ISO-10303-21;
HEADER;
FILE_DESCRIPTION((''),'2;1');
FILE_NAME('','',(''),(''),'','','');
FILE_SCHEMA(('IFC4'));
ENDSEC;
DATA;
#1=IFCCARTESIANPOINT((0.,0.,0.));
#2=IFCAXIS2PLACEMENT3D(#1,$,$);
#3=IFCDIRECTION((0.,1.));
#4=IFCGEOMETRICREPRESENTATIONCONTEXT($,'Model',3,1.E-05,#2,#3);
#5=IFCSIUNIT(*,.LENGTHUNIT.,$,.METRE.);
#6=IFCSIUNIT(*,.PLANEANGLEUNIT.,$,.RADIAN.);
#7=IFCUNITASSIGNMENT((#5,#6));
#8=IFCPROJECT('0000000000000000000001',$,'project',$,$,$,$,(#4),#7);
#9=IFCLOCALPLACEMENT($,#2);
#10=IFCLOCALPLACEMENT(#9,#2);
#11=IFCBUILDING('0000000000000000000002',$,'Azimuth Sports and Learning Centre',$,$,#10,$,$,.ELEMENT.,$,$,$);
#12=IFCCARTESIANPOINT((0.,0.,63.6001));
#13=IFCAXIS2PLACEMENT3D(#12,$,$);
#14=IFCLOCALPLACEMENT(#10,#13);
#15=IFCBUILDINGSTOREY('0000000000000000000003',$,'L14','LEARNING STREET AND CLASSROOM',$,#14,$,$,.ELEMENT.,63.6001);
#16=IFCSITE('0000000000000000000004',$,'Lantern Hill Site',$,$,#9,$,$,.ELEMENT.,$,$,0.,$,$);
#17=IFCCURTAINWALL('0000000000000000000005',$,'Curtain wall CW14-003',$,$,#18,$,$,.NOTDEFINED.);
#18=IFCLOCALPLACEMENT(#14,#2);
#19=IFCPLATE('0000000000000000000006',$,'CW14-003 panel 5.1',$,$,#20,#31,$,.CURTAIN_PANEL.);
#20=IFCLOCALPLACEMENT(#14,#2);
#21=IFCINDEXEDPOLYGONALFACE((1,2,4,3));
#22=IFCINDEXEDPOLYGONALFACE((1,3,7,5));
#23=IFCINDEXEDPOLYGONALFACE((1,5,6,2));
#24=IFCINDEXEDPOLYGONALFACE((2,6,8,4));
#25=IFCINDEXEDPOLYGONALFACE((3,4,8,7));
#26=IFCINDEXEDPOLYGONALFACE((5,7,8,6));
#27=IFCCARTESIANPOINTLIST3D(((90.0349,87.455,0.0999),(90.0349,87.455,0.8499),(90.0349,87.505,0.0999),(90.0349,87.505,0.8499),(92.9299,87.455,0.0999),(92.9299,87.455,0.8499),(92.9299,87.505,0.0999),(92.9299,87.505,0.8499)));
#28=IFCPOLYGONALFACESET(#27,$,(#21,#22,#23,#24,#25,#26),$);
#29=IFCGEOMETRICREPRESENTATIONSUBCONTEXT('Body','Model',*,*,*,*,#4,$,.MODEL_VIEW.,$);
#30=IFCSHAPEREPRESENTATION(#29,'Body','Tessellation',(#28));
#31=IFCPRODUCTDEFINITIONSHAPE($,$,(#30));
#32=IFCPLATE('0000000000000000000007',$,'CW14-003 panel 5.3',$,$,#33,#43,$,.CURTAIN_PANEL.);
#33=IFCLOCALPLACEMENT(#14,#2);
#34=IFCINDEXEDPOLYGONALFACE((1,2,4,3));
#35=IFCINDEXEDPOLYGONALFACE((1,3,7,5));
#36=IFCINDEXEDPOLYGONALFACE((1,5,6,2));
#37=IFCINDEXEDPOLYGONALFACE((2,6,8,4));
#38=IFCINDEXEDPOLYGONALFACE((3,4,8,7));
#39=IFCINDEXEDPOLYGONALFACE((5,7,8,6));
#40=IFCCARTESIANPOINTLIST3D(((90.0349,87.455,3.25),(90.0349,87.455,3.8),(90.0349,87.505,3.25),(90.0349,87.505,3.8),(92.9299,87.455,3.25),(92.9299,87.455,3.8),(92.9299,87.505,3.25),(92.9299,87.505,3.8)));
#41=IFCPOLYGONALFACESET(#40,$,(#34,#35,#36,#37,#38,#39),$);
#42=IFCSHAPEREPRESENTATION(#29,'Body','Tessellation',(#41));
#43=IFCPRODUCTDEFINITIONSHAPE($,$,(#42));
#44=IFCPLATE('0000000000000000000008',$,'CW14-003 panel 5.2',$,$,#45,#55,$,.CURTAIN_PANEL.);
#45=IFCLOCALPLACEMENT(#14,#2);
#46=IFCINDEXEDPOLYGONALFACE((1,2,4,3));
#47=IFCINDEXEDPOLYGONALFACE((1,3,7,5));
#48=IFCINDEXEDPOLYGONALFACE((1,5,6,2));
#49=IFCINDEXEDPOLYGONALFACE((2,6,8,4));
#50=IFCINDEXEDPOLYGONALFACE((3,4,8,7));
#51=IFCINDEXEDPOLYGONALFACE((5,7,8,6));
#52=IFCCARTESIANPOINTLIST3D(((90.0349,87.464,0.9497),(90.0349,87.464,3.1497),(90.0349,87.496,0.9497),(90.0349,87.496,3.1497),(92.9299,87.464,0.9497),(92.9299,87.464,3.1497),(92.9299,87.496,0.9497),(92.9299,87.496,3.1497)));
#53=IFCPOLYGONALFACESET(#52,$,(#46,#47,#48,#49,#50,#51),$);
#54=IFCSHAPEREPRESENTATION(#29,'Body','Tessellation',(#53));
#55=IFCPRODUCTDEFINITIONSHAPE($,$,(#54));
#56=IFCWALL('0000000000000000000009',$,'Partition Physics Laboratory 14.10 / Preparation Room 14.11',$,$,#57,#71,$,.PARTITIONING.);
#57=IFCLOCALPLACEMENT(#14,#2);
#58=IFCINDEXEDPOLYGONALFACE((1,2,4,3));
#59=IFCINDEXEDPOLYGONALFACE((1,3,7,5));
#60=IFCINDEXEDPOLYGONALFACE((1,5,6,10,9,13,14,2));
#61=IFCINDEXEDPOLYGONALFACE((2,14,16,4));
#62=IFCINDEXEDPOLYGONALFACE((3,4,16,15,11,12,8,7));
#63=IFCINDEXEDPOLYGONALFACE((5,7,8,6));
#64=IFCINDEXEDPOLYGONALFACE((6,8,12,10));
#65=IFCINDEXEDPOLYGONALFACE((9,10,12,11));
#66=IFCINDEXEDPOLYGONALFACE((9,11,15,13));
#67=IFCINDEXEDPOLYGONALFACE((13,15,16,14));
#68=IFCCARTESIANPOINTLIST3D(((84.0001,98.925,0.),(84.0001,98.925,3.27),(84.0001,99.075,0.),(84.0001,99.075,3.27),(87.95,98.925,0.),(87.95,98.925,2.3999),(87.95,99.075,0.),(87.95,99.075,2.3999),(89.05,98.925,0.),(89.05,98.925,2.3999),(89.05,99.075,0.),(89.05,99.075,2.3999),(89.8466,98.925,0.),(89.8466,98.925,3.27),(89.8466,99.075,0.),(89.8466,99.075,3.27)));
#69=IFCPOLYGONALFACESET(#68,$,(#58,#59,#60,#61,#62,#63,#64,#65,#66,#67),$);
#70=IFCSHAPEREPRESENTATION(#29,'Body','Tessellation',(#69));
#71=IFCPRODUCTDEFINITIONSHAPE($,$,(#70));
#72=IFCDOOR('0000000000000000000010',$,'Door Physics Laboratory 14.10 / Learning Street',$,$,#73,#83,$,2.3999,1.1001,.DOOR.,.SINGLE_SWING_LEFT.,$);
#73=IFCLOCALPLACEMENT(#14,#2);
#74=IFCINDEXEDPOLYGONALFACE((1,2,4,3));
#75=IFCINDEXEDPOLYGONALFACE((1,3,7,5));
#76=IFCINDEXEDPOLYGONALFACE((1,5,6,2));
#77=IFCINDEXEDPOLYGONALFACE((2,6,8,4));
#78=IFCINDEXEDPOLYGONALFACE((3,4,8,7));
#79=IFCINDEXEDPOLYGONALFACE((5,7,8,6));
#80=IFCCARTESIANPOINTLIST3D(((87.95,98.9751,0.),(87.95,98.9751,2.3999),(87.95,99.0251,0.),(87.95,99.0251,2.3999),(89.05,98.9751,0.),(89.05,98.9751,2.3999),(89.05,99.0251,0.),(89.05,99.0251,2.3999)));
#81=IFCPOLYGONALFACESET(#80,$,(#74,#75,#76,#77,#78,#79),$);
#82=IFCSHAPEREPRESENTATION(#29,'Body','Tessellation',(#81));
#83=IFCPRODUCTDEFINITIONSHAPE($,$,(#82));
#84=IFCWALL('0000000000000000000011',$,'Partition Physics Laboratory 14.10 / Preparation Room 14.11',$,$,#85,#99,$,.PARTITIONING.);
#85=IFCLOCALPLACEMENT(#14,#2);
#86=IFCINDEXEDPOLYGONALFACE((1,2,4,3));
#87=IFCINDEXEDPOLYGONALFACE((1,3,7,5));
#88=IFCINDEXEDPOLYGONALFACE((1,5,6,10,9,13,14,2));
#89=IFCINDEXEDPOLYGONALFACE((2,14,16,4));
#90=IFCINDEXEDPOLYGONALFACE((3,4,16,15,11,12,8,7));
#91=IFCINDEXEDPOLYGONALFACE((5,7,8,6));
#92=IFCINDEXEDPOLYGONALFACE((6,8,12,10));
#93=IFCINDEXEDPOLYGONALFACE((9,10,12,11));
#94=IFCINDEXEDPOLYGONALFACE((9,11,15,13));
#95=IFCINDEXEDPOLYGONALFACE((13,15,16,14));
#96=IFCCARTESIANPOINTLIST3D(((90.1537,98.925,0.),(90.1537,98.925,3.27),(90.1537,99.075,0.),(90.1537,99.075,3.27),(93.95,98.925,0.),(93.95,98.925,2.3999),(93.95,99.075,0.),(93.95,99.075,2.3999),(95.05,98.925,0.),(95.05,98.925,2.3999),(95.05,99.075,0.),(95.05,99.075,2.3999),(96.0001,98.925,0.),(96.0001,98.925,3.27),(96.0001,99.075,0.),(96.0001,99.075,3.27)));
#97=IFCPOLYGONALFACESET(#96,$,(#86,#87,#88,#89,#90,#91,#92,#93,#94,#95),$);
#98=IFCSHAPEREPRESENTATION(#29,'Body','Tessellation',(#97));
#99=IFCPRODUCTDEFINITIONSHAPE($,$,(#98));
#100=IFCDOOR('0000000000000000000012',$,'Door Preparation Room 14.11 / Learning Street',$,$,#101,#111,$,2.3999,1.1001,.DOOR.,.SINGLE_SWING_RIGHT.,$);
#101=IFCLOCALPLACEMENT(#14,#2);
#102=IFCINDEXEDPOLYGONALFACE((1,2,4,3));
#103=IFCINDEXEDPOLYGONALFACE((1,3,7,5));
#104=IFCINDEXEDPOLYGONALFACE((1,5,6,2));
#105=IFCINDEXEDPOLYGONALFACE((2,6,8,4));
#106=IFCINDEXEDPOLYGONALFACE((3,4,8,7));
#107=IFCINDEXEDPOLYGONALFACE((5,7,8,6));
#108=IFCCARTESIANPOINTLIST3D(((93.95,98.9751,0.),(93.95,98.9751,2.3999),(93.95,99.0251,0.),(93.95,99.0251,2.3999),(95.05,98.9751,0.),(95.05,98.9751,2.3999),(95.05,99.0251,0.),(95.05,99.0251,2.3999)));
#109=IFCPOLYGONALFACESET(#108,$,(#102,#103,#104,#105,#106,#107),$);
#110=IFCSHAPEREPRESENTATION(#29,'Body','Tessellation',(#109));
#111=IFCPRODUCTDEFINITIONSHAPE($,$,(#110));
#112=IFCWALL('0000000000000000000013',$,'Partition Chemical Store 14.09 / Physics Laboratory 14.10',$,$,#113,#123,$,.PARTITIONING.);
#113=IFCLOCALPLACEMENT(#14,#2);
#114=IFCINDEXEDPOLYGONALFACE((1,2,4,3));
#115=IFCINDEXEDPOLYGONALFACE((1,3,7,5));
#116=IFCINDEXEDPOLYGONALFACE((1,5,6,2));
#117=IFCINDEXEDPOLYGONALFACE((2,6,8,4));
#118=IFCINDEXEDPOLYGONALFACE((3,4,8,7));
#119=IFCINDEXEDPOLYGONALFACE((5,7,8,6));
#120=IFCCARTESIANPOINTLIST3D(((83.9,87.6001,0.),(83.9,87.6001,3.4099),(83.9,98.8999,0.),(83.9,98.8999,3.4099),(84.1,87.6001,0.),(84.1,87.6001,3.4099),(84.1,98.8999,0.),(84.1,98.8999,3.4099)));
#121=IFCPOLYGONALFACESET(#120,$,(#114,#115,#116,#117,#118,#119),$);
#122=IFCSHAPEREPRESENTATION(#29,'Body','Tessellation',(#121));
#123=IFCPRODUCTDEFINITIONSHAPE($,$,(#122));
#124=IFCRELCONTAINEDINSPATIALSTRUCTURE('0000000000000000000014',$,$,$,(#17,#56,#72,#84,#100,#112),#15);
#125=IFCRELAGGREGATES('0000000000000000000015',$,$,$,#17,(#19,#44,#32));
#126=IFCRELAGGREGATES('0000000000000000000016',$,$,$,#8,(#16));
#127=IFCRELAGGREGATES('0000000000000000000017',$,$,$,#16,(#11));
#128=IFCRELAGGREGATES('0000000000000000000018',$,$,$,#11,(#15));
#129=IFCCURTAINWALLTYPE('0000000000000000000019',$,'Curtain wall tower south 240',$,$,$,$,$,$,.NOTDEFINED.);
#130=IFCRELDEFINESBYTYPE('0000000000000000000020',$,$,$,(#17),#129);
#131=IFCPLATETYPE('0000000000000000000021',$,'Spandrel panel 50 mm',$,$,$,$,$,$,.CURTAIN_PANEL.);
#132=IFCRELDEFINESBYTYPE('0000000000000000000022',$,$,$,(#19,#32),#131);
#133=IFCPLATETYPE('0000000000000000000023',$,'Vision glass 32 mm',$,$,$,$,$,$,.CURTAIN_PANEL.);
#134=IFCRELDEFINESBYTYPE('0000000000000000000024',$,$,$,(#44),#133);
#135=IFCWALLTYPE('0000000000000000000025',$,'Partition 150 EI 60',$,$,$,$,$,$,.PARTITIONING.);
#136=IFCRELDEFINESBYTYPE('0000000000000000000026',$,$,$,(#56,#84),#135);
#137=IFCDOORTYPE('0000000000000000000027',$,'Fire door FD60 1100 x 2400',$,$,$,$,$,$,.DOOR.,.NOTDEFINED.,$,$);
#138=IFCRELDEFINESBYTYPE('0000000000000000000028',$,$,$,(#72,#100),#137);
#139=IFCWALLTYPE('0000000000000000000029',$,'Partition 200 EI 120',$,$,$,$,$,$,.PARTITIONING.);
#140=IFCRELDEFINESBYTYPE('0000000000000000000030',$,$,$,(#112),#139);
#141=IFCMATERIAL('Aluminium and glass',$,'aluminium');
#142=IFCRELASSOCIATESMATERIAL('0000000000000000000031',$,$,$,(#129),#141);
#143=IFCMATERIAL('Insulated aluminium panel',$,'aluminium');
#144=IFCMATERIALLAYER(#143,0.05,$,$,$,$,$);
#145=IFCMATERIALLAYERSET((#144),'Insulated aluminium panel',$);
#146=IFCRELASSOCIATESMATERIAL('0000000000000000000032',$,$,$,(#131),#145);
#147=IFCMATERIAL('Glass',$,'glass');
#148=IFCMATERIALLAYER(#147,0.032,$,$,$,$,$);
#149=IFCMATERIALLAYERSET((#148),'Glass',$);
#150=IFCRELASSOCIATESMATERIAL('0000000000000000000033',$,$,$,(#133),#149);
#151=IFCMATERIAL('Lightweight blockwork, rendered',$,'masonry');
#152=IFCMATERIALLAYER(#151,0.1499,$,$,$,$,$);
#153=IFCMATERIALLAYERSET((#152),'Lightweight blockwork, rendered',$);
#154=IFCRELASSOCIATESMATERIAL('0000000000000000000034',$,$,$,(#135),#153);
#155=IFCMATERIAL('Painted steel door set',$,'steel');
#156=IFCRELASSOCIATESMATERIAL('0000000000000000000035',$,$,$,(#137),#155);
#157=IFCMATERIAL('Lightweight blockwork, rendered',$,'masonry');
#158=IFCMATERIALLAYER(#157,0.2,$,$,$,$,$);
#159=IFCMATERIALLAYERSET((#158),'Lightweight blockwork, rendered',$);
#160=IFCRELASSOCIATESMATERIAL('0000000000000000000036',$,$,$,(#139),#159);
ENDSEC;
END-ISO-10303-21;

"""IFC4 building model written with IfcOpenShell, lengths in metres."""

from ifc_helpers import new_model, si_unit, direction, frame, frame_2d, origin, origin_2d, place, context, subcontext, project, spatial, rectangle, extrude, material, layer, layer_set, type_object, element, fill, aggregate, save


model = new_model("IFC4")

# Units and contexts
model_context = context("Model", 3, precision=1e-05, world=origin(), true_north=direction((0.0, 1.0)))
body_context = subcontext(model_context, "Body", "Model", "MODEL_VIEW")
ifc_project = project(units=[si_unit("LENGTHUNIT", "METRE"), si_unit("PLANEANGLEUNIT", "RADIAN")], contexts=[model_context])

# Site, building, storey
site_placement = place(None, origin())
site = spatial("IfcSite", under=ifc_project, at=site_placement, Name="Lantern Hill Site", CompositionType="ELEMENT", RefElevation=0.0)
building_placement = place(site_placement, origin())
building = spatial("IfcBuilding", under=site, at=building_placement, Name="Azimuth Sports and Learning Centre", CompositionType="ELEMENT")
storey_placement = place(building_placement, frame((0.0, 0.0, 63.6001)))
storey = spatial("IfcBuildingStorey", under=building, at=storey_placement, Name="L14", Description="LEARNING STREET AND CLASSROOM", CompositionType="ELEMENT", Elevation=63.6001)

# Curtain wall, plates
ifc_material_1 = material(Name="Aluminium and glass", Category="aluminium")
curtain_wall_type = type_object("IfcCurtainWallType", Name="Curtain wall tower south 240", PredefinedType="NOTDEFINED", material=ifc_material_1)
curtain_wall_placement = place(storey_placement, origin())
curtain_wall = element("IfcCurtainWall", 1, at=curtain_wall_placement, inside=storey, type_object=curtain_wall_type, Name="Curtain wall CW14-003", PredefinedType="NOTDEFINED")
ifc_material_2 = material(Name="Insulated aluminium panel", Category="aluminium")
ifc_layer_1 = layer(ifc_material_2, 0.05)
ifc_layer_set_1 = layer_set([ifc_layer_1], Name="Insulated aluminium panel")
plate_type_1 = type_object("IfcPlateType", Name="Spandrel panel 50 mm", PredefinedType="CURTAIN_PANEL", material=ifc_layer_set_1)
plate_1_placement = place(storey_placement, frame((91.4824, 87.48, 0.0999), z_axis=(0.0, 0.0, 1.0), x_axis=(1.0, 0.0, 0.0)))
plate_1 = element("IfcPlate", 2, at=plate_1_placement, type_object=plate_type_1, Name="CW14-003 panel 5.1", PredefinedType="CURTAIN_PANEL", context=body_context, shape_type="SweptSolid", body=[
    extrude(rectangle(XDim=2.895, YDim=0.05, at=origin_2d()), origin(), (0.0, 0.0, 1.0), 0.75),
])
plate_2_placement = place(storey_placement, frame((91.4824, 87.48, 3.25), z_axis=(0.0, 0.0, 1.0), x_axis=(1.0, 0.0, 0.0)))
plate_2 = element("IfcPlate", 3, at=plate_2_placement, type_object=plate_type_1, Name="CW14-003 panel 5.3", PredefinedType="CURTAIN_PANEL", context=body_context, shape_type="SweptSolid", body=[
    extrude(rectangle(XDim=2.895, YDim=0.05, at=origin_2d()), origin(), (0.0, 0.0, 1.0), 0.55),
])
ifc_material_3 = material(Name="Glass", Category="glass")
ifc_layer_2 = layer(ifc_material_3, 0.032)
ifc_layer_set_2 = layer_set([ifc_layer_2], Name="Glass")
plate_type_2 = type_object("IfcPlateType", Name="Vision glass 32 mm", PredefinedType="CURTAIN_PANEL", material=ifc_layer_set_2)
plate_3_placement = place(storey_placement, frame((91.4824, 87.48, 0.9497), z_axis=(0.0, 0.0, 1.0), x_axis=(1.0, 0.0, 0.0)))
plate_3 = element("IfcPlate", 4, at=plate_3_placement, type_object=plate_type_2, Name="CW14-003 panel 5.2", PredefinedType="CURTAIN_PANEL", context=body_context, shape_type="SweptSolid", body=[
    extrude(rectangle(XDim=2.895, YDim=0.032, at=origin_2d()), origin(), (0.0, 0.0, 1.0), 2.2),
])
aggregate(curtain_wall, [plate_1, plate_3, plate_2])

# Walls, openings, doors
ifc_material_4 = material(Name="Lightweight blockwork, rendered", Category="masonry")
ifc_layer_3 = layer(ifc_material_4, 0.1499)
ifc_layer_set_3 = layer_set([ifc_layer_3], Name="Lightweight blockwork, rendered")
wall_type_1 = type_object("IfcWallType", Name="Partition 150 EI 60", PredefinedType="PARTITIONING", material=ifc_layer_set_3)
wall_1_placement = place(storey_placement, frame((84.0, 99.0, 0.0), z_axis=(0.0, 0.0, 1.0), x_axis=(1.0, 0.0, 0.0)))
wall_1 = element("IfcWall", 5, at=wall_1_placement, inside=storey, type_object=wall_type_1, Name="Partition Physics Laboratory 14.10 / Preparation Room 14.11", PredefinedType="PARTITIONING", context=body_context, shape_type="SweptSolid", body=[
    extrude(rectangle(XDim=5.8464, YDim=0.1499, at=frame_2d((2.9233, 0.0))), origin(), (0.0, 0.0, 1.0), 3.27),
])
opening_1_placement = place(wall_1_placement, frame((3.95, 0.0, 0.0)))
opening_1 = element("IfcOpeningElement", 6, at=opening_1_placement, cuts=wall_1, PredefinedType="OPENING", context=body_context, shape_type="SweptSolid", body=[
    extrude(rectangle(XDim=1.1001, YDim=2.3999, at=frame_2d((0.55, 1.2))), frame((0.0, 0.0859, 0.0), z_axis=(0.0, -1.0, 0.0), x_axis=(1.0, 0.0, 0.0)), (0.0, 0.0, 1.0), 0.1719),
])
ifc_material_5 = material(Name="Painted steel door set", Category="steel")
door_type = type_object("IfcDoorType", Name="Fire door FD60 1100 x 2400", OperationType="NOTDEFINED", PredefinedType="DOOR", material=ifc_material_5)
door_1_placement = place(opening_1_placement, frame((1.1001, 0.0, 0.0), z_axis=(0.0, 0.0, 1.0), x_axis=(-1.0, 0.0, 0.0)))
door_1 = element("IfcDoor", 7, at=door_1_placement, inside=storey, type_object=door_type, Name="Door Physics Laboratory 14.10 / Learning Street", OperationType="SINGLE_SWING_LEFT", OverallHeight=2.3999, OverallWidth=1.1001, PredefinedType="DOOR", context=body_context, shape_type="SweptSolid", body=[
    extrude(rectangle(XDim=1.1001, YDim=2.3999, at=frame_2d((0.55, 1.2))), frame((0.0, 0.0249, 0.0), z_axis=(0.0, -1.0, 0.0), x_axis=(1.0, 0.0, 0.0)), (0.0, 0.0, 1.0), 0.05),
])
fill(opening_1, door_1)
wall_2_placement = place(storey_placement, frame((90.1536, 99.0, 0.0), z_axis=(0.0, 0.0, 1.0), x_axis=(1.0, 0.0, 0.0)))
wall_2 = element("IfcWall", 8, at=wall_2_placement, inside=storey, type_object=wall_type_1, Name="Partition Physics Laboratory 14.10 / Preparation Room 14.11", PredefinedType="PARTITIONING", context=body_context, shape_type="SweptSolid", body=[
    extrude(rectangle(XDim=5.8464, YDim=0.1499, at=frame_2d((2.9233, 0.0))), origin(), (0.0, 0.0, 1.0), 3.27),
])
opening_2_placement = place(wall_2_placement, frame((3.7964, 0.0, 0.0)))
opening_2 = element("IfcOpeningElement", 9, at=opening_2_placement, cuts=wall_2, PredefinedType="OPENING", context=body_context, shape_type="SweptSolid", body=[
    extrude(rectangle(XDim=1.1001, YDim=2.3999, at=frame_2d((0.55, 1.2))), frame((0.0, 0.0859, 0.0), z_axis=(0.0, -1.0, 0.0), x_axis=(1.0, 0.0, 0.0)), (0.0, 0.0, 1.0), 0.1719),
])
door_2_placement = place(opening_2_placement, frame((1.1001, 0.0, 0.0), z_axis=(0.0, 0.0, 1.0), x_axis=(-1.0, 0.0, 0.0)))
door_2 = element("IfcDoor", 10, at=door_2_placement, inside=storey, type_object=door_type, Name="Door Preparation Room 14.11 / Learning Street", OperationType="SINGLE_SWING_RIGHT", OverallHeight=2.3999, OverallWidth=1.1001, PredefinedType="DOOR", context=body_context, shape_type="SweptSolid", body=[
    extrude(rectangle(XDim=1.1001, YDim=2.3999, at=frame_2d((0.55, 1.2))), frame((0.0, 0.0249, 0.0), z_axis=(0.0, -1.0, 0.0), x_axis=(1.0, 0.0, 0.0)), (0.0, 0.0, 1.0), 0.05),
])
fill(opening_2, door_2)

# Wall
ifc_material_6 = material(Name="Lightweight blockwork, rendered", Category="masonry")
ifc_layer_4 = layer(ifc_material_6, 0.2)
ifc_layer_set_4 = layer_set([ifc_layer_4], Name="Lightweight blockwork, rendered")
wall_type_2 = type_object("IfcWallType", Name="Partition 200 EI 120", PredefinedType="PARTITIONING", material=ifc_layer_set_4)
wall_3_placement = place(storey_placement, frame((84.0, 87.6001, 0.0), z_axis=(0.0, 0.0, 1.0), x_axis=(0.0, 1.0, 0.0)))
element("IfcWall", 11, at=wall_3_placement, inside=storey, type_object=wall_type_2, Name="Partition Chemical Store 14.09 / Physics Laboratory 14.10", PredefinedType="PARTITIONING", context=body_context, shape_type="SweptSolid", body=[
    extrude(rectangle(XDim=11.2998, YDim=0.2, at=frame_2d((5.6499, 0.0))), origin(), (0.0, 0.0, 1.0), 3.4099),
])

save(model, "model.ifc")
